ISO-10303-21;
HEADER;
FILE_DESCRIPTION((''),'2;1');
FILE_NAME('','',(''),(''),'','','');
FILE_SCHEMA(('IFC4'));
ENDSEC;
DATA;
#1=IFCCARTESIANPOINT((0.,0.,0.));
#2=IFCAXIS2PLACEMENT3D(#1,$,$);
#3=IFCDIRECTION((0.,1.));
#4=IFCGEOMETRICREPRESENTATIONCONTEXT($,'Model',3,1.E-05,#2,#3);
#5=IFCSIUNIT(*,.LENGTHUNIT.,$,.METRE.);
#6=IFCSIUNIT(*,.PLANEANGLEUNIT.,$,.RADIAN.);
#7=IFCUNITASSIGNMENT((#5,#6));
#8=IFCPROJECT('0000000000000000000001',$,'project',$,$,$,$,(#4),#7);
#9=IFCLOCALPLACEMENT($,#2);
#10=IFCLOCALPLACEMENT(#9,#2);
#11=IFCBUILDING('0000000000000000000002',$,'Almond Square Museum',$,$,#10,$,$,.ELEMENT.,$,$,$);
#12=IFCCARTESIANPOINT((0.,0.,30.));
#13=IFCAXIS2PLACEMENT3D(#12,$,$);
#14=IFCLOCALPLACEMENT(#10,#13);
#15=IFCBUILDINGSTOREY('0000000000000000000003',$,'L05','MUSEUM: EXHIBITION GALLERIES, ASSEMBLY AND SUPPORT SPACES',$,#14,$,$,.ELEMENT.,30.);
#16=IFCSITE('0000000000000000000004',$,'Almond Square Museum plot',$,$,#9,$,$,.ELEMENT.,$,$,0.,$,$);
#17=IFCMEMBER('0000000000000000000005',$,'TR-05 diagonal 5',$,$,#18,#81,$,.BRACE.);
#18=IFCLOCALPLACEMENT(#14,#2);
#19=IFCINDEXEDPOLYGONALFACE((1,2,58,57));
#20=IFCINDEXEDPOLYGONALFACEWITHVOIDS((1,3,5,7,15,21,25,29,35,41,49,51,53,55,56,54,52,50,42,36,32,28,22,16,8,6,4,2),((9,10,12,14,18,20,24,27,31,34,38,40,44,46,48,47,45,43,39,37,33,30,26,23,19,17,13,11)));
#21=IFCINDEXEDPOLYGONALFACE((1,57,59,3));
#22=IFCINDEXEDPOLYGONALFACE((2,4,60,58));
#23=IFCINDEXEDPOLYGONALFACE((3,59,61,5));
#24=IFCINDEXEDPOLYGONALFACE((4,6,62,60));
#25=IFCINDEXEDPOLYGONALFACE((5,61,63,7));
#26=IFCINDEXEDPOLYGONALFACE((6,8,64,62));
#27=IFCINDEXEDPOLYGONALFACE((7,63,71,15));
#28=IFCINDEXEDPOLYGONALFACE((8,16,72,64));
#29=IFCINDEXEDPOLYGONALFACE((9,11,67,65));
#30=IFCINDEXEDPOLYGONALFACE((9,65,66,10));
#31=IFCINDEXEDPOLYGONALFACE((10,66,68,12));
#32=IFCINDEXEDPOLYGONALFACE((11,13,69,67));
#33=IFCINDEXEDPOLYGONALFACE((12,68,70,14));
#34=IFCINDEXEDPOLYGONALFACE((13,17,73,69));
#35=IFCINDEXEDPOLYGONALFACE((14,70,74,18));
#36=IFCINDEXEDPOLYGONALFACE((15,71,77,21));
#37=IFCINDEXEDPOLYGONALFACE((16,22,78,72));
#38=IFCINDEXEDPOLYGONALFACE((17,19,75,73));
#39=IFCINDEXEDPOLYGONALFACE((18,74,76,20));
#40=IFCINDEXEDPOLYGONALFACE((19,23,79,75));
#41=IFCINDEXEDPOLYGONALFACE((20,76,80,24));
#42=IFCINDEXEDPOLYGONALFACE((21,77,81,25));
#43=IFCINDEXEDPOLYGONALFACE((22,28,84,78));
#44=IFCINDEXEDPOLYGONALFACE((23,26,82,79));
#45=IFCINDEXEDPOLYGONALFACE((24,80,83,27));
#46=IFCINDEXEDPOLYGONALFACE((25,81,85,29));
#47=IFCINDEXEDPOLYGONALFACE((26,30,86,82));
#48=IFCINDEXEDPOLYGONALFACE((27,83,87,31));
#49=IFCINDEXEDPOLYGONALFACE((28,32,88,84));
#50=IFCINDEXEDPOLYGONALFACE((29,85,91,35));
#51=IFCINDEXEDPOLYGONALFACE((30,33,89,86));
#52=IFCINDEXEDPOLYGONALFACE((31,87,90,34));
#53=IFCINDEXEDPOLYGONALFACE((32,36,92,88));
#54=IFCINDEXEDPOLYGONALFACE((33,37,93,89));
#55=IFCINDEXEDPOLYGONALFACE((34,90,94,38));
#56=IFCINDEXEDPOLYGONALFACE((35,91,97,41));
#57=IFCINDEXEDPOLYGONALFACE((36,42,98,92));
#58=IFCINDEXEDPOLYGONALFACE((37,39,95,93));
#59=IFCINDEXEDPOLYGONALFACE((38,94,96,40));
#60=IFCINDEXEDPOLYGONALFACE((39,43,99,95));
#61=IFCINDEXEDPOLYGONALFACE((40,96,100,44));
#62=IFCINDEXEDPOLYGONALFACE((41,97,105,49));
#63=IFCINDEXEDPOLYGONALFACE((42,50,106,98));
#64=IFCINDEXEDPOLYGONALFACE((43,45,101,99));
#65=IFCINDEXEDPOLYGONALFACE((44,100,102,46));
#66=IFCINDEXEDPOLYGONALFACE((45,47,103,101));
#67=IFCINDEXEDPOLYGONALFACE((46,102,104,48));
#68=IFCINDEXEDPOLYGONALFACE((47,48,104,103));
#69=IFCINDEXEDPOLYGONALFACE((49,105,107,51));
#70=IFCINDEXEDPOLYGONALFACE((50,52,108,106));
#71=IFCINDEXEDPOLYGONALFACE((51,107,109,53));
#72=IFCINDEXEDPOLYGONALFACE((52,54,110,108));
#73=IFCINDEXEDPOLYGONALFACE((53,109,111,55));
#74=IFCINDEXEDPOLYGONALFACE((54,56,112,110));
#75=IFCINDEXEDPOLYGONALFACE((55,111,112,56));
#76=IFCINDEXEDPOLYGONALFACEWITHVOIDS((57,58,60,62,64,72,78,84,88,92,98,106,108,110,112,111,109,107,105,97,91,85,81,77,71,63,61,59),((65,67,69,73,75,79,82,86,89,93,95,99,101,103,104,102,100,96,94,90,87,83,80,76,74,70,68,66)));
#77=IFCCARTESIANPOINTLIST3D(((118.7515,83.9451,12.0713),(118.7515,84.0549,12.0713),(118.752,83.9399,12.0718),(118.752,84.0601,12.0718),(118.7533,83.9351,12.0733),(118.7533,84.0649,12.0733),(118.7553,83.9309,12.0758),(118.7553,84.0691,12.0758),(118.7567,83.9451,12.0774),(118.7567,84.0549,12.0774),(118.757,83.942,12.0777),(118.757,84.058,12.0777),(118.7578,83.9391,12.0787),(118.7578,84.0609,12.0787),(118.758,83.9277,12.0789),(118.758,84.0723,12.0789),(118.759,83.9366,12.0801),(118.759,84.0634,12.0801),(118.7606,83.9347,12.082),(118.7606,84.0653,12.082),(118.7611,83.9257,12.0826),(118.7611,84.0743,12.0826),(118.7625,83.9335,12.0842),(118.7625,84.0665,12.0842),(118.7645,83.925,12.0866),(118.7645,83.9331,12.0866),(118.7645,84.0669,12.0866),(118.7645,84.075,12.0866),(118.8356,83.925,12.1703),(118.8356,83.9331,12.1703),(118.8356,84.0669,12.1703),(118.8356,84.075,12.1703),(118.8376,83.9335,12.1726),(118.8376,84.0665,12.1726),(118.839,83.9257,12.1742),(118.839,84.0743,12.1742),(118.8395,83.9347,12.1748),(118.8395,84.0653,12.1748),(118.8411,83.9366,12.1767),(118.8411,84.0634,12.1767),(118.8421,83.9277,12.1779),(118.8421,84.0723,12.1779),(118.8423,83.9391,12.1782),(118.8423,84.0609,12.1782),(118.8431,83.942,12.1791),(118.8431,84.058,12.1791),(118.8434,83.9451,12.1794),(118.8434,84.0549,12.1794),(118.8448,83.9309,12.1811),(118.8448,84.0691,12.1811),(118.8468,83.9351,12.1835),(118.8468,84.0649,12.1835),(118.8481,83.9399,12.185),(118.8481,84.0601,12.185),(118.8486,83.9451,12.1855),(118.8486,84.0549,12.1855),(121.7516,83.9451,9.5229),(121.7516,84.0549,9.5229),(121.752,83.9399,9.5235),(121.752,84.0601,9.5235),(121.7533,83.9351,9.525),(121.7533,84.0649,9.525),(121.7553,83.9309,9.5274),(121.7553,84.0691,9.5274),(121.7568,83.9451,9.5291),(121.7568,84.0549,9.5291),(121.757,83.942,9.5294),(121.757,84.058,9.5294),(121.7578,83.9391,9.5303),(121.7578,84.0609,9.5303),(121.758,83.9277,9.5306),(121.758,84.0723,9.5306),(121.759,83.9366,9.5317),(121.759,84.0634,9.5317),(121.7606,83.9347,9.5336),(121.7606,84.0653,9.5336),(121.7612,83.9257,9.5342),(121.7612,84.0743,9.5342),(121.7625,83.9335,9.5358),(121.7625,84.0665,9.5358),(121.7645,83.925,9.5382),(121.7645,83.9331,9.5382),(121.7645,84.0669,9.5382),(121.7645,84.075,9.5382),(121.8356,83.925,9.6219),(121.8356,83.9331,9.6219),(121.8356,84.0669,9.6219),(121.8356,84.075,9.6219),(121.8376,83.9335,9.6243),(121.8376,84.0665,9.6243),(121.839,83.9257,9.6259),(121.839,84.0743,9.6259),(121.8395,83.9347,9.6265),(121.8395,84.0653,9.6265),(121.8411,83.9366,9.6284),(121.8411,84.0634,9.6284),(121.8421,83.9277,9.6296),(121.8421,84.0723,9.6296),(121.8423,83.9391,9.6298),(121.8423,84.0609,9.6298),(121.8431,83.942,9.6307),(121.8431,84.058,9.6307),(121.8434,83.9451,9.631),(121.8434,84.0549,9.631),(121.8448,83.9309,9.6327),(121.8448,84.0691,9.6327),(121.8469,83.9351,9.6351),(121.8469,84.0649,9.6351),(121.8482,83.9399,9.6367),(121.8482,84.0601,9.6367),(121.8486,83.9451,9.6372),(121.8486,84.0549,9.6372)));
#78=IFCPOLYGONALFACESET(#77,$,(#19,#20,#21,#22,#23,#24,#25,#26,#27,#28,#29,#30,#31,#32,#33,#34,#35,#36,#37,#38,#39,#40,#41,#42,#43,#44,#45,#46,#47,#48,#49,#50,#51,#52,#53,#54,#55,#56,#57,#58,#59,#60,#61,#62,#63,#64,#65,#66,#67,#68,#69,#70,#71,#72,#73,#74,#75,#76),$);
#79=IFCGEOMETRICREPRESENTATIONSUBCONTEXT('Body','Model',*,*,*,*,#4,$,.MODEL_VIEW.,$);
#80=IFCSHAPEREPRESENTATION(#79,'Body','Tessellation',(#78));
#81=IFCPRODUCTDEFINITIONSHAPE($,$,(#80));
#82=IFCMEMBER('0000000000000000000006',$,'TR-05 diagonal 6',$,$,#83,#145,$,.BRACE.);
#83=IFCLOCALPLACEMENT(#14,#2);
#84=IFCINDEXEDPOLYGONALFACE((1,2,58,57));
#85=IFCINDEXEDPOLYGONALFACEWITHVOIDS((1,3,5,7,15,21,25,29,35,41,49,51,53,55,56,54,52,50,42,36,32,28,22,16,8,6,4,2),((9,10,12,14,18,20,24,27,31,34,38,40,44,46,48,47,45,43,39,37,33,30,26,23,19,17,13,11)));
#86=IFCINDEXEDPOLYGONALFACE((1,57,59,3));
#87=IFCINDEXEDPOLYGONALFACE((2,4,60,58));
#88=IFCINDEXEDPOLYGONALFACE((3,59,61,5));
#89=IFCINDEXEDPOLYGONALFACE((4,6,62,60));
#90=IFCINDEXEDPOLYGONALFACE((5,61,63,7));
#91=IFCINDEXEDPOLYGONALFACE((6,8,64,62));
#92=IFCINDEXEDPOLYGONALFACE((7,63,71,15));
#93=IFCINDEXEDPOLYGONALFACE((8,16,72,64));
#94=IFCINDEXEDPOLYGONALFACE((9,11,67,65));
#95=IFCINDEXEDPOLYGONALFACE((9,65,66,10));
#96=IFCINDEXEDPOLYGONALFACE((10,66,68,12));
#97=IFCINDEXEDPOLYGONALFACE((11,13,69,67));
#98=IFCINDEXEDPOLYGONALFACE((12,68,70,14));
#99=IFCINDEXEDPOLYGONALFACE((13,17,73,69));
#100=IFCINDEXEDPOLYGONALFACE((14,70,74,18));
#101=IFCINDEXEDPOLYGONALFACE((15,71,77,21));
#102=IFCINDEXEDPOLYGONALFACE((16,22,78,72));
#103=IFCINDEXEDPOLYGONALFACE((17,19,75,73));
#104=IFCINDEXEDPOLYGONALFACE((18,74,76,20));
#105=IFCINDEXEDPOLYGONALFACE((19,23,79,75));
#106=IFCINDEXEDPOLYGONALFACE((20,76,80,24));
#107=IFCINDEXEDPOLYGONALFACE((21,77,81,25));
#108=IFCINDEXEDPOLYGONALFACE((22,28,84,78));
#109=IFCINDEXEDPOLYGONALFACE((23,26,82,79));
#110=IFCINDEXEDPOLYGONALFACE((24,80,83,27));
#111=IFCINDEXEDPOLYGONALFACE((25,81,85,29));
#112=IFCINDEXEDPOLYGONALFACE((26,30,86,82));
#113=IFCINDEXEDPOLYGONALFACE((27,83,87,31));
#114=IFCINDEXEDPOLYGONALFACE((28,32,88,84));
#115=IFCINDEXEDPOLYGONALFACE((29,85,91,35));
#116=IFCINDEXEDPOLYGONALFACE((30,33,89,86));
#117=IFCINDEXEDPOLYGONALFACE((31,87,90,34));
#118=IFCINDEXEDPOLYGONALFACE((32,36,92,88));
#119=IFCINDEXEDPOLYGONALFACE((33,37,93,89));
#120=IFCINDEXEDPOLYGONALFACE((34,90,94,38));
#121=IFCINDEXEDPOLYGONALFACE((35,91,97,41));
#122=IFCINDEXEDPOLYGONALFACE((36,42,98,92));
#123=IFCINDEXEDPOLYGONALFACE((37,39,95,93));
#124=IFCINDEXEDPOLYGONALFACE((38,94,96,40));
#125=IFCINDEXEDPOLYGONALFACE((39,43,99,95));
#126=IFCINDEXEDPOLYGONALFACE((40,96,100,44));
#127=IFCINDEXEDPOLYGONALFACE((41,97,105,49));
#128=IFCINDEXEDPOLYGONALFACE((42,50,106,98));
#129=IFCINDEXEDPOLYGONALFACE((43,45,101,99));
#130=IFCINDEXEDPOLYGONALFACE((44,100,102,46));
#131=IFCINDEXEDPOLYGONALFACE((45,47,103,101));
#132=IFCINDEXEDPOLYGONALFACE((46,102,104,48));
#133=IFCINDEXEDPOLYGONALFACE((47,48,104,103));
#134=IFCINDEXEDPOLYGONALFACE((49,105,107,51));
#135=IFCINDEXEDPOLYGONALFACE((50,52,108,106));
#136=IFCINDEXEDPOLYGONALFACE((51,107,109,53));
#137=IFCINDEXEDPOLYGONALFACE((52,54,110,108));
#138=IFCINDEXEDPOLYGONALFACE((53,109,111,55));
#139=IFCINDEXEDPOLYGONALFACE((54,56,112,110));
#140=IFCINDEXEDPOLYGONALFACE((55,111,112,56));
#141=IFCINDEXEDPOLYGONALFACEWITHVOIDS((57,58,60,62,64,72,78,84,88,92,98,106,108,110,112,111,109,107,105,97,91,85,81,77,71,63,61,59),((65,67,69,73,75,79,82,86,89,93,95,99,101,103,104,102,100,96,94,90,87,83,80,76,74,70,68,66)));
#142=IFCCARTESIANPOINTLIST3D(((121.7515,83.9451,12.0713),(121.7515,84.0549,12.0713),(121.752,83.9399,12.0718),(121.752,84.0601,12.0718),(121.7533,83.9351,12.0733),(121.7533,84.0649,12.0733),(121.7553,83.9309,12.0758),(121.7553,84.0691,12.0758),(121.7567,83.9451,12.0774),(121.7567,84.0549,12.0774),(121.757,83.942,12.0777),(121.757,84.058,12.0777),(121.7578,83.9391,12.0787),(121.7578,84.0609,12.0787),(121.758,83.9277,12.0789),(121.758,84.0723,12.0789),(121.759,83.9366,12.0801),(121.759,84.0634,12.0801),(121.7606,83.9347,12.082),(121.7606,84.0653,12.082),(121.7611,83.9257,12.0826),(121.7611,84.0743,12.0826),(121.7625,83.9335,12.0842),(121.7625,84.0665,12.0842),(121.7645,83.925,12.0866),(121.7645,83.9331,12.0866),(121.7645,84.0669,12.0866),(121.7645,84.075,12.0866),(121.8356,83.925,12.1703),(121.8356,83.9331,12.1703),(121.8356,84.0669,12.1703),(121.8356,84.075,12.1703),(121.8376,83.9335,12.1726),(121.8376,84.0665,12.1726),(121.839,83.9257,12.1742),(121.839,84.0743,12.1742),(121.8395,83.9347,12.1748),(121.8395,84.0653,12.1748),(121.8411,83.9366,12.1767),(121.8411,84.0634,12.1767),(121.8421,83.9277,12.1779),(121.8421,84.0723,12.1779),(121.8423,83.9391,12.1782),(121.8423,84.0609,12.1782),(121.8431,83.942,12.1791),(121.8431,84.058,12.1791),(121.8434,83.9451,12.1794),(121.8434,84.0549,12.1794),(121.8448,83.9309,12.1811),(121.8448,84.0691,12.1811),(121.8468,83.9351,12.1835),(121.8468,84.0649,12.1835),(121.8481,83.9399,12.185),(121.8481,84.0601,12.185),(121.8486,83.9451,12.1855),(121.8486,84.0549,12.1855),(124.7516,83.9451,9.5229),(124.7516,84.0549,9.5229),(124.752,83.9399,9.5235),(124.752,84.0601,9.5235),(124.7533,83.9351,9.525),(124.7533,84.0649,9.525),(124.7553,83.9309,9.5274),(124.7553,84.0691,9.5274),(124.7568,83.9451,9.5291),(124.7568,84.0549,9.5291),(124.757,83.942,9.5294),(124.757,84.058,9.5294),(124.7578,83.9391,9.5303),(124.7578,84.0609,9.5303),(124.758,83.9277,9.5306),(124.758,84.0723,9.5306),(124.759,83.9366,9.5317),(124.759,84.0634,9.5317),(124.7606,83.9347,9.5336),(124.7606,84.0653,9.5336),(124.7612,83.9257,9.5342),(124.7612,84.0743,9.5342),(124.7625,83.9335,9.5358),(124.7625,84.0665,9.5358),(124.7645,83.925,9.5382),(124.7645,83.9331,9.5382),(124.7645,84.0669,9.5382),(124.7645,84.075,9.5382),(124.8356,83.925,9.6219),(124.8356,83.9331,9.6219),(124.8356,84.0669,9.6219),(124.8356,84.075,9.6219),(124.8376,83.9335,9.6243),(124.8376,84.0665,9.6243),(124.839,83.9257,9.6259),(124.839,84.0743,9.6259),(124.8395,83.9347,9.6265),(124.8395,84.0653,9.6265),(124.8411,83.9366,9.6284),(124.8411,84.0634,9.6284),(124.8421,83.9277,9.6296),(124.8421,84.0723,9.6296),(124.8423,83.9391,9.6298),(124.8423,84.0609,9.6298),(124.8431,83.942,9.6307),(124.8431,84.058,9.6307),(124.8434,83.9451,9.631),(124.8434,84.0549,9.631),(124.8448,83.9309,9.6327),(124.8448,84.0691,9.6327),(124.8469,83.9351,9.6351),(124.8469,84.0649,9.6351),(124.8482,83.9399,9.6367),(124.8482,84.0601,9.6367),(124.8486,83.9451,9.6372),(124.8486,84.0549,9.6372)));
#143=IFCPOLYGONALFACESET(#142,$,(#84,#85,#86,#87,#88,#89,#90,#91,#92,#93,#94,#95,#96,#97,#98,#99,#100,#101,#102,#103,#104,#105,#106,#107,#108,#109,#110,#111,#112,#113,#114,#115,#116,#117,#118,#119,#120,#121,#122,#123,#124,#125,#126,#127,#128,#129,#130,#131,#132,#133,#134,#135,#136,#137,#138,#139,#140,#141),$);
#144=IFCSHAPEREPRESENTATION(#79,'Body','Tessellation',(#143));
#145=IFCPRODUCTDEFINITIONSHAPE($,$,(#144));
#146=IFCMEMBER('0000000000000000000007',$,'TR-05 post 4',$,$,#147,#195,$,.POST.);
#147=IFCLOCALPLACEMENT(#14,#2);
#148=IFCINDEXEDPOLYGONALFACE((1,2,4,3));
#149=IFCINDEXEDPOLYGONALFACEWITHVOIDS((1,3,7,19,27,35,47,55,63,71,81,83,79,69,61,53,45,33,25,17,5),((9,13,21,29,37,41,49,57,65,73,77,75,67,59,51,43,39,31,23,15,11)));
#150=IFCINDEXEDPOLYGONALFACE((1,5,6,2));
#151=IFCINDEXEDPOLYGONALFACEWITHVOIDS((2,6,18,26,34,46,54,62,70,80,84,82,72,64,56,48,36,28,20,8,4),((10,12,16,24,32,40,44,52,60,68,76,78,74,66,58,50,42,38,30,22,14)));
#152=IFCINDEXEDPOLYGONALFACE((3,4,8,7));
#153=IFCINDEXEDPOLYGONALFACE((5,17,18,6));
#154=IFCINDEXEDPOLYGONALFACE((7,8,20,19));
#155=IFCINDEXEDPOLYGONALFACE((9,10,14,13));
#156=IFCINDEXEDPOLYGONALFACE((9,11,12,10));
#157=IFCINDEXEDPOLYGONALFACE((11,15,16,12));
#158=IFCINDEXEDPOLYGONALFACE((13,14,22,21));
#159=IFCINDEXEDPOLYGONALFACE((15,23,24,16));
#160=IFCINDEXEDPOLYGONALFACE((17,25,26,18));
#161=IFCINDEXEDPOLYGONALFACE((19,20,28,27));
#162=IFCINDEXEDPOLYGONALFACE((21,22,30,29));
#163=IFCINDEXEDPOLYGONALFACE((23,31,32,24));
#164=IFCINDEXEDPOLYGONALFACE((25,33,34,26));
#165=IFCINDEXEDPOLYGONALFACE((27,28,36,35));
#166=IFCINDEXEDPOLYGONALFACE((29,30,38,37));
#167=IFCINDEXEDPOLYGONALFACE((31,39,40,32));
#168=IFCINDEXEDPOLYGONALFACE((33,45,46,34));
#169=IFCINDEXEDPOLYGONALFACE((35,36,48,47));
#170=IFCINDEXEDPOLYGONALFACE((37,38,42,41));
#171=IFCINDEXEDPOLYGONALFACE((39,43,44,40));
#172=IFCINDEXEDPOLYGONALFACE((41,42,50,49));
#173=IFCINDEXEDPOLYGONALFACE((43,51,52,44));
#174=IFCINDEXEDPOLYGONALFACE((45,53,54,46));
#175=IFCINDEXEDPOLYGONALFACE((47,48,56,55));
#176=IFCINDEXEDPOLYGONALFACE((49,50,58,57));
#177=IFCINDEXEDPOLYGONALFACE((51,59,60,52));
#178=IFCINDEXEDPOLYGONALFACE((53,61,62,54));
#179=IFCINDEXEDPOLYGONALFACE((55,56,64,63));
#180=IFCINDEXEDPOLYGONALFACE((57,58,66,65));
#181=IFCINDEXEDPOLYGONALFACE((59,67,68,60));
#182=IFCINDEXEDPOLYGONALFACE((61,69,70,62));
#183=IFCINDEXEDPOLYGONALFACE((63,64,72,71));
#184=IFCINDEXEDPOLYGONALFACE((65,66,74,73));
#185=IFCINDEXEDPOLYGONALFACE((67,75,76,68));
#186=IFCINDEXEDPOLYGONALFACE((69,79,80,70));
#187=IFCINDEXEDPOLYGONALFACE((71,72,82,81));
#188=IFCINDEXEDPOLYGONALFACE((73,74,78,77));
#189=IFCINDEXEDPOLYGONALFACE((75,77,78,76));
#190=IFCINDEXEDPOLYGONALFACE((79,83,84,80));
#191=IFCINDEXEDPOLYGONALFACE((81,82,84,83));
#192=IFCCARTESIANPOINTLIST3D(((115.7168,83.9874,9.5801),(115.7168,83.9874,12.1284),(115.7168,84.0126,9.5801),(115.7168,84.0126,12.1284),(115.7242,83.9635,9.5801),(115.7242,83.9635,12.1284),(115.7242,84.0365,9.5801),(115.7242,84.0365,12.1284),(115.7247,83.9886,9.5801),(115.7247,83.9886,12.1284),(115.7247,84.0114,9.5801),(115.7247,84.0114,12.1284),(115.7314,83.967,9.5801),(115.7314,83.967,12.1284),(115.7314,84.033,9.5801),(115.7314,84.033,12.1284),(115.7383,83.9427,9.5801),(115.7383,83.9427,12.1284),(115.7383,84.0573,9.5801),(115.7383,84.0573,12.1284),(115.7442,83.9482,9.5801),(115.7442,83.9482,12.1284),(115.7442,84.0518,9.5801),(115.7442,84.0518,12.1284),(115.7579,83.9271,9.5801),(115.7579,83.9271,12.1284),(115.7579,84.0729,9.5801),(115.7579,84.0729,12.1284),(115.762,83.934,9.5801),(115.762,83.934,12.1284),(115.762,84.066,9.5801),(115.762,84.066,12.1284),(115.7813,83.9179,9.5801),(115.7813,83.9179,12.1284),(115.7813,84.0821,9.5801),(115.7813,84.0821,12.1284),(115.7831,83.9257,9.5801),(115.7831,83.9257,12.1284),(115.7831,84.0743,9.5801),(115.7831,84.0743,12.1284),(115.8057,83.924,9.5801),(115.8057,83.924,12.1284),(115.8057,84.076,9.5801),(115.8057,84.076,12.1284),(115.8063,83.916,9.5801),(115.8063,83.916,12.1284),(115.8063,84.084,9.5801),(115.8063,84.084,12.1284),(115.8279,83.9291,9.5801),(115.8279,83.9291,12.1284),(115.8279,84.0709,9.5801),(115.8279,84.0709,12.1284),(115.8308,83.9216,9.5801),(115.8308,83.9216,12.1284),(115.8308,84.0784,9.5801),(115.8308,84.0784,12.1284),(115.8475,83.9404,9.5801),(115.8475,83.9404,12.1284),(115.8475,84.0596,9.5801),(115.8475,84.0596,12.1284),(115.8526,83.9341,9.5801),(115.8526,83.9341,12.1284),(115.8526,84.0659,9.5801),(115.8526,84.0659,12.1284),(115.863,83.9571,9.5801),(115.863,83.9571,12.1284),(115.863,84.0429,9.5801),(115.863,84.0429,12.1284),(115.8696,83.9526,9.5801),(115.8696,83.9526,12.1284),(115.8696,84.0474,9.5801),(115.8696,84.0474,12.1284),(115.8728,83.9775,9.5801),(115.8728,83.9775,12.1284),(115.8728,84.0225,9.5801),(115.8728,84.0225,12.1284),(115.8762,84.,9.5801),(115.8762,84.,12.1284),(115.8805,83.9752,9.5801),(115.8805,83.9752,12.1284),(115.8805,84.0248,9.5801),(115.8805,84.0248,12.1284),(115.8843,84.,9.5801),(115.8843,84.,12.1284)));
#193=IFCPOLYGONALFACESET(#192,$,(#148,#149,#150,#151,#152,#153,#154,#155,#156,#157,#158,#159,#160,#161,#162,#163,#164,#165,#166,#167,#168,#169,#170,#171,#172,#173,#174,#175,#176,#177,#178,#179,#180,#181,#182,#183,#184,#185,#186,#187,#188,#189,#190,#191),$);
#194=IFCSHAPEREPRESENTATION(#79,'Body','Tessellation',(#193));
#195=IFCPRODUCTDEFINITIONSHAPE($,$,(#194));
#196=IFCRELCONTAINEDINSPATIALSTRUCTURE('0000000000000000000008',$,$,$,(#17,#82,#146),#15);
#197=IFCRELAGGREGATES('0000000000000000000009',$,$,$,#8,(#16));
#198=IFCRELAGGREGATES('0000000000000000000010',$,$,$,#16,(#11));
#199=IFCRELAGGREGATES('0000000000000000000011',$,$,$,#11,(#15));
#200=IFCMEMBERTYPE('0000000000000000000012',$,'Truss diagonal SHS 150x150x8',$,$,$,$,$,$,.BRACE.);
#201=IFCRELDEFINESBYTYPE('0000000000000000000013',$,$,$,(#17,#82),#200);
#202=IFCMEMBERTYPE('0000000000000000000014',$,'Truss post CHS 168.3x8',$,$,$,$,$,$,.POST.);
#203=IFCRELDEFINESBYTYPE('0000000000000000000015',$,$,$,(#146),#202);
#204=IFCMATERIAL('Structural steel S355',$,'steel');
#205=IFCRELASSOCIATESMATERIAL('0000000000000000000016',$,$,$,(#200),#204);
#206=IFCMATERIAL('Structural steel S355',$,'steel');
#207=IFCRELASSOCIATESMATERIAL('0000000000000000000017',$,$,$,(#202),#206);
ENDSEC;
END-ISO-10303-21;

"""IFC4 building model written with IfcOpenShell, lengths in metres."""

from ifc_helpers import new_model, si_unit, direction, frame, origin, origin_2d, place, context, subcontext, project, spatial, hollow_rectangle, hollow_circle, extrude, material, material_profile, profile_set, type_object, element, save


model = new_model("IFC4")

# Units and contexts
model_context = context("Model", 3, precision=1e-05, world=origin(), true_north=direction((0.0, 1.0)))
body_context = subcontext(model_context, "Body", "Model", "MODEL_VIEW")
ifc_project = project(units=[si_unit("LENGTHUNIT", "METRE"), si_unit("PLANEANGLEUNIT", "RADIAN")], contexts=[model_context])

# Site, building, storey
site_placement = place(None, origin())
site = spatial("IfcSite", under=ifc_project, at=site_placement, Name="Almond Square Museum plot", CompositionType="ELEMENT", RefElevation=0.0)
building_placement = place(site_placement, origin())
building = spatial("IfcBuilding", under=site, at=building_placement, Name="Almond Square Museum", CompositionType="ELEMENT")
storey_placement = place(building_placement, frame((0.0, 0.0, 30.0)))
storey = spatial("IfcBuildingStorey", under=building, at=storey_placement, Name="L05", Description="MUSEUM: EXHIBITION GALLERIES, ASSEMBLY AND SUPPORT SPACES", CompositionType="ELEMENT", Elevation=30.0)

# Members
ifc_material_1 = material(Name="Structural steel S355", Category="steel")
ifc_material_profile_1 = material_profile(ifc_material_1, hollow_rectangle(XDim=0.1499, YDim=0.1499, WallThickness=0.0081, InnerFilletRadius=0.012, OuterFilletRadius=0.02, at=origin_2d()))
ifc_profile_set_1 = profile_set([ifc_material_profile_1], Name="Structural steel S355")
member_type_1 = type_object("IfcMemberType", Name="Truss diagonal SHS 150x150x8", PredefinedType="BRACE", material=ifc_profile_set_1)
for number, where, z_axis, x_axis, name in (
    (1, (118.8, 84.0, 12.1284), (0.762147, 0.0, -0.647404), (0.0, 1.0, 0.0), "TR-05 diagonal 5"),
    (2, (121.8, 84.0, 12.1284), (0.762147, 0.0, -0.647404), (0.0, 1.0, 0.0), "TR-05 diagonal 6"),
):
    element("IfcMember", number, at=place(storey_placement, frame(where, z_axis=z_axis, x_axis=x_axis)), inside=storey, type_object=member_type_1, Name=name, PredefinedType="BRACE", context=body_context, shape_type="SweptSolid", body=[
        extrude(hollow_rectangle(XDim=0.1499, YDim=0.1499, WallThickness=0.0081, InnerFilletRadius=0.012, OuterFilletRadius=0.02, at=origin_2d()), origin(), (0.0, 0.0, 1.0), 3.9363),
    ])
ifc_material_2 = material(Name="Structural steel S355", Category="steel")
ifc_material_profile_2 = material_profile(ifc_material_2, hollow_circle(Radius=0.0842, WallThickness=0.0081, at=origin_2d()))
ifc_profile_set_2 = profile_set([ifc_material_profile_2], Name="Structural steel S355")
member_type_2 = type_object("IfcMemberType", Name="Truss post CHS 168.3x8", PredefinedType="POST", material=ifc_profile_set_2)
for number, where, z_axis, x_axis, name in (
    (3, (115.8, 84.0, 9.5801), (0.0, 0.0, 1.0), (1.0, 0.0, 0.0), "TR-05 post 4"),
):
    element("IfcMember", number, at=place(storey_placement, frame(where, z_axis=z_axis, x_axis=x_axis)), inside=storey, type_object=member_type_2, Name=name, PredefinedType="POST", context=body_context, shape_type="SweptSolid", body=[
        extrude(hollow_circle(Radius=0.0842, WallThickness=0.0081, at=origin_2d()), origin(), (0.0, 0.0, 1.0), 2.5483),
    ])

save(model, "model.ifc")
